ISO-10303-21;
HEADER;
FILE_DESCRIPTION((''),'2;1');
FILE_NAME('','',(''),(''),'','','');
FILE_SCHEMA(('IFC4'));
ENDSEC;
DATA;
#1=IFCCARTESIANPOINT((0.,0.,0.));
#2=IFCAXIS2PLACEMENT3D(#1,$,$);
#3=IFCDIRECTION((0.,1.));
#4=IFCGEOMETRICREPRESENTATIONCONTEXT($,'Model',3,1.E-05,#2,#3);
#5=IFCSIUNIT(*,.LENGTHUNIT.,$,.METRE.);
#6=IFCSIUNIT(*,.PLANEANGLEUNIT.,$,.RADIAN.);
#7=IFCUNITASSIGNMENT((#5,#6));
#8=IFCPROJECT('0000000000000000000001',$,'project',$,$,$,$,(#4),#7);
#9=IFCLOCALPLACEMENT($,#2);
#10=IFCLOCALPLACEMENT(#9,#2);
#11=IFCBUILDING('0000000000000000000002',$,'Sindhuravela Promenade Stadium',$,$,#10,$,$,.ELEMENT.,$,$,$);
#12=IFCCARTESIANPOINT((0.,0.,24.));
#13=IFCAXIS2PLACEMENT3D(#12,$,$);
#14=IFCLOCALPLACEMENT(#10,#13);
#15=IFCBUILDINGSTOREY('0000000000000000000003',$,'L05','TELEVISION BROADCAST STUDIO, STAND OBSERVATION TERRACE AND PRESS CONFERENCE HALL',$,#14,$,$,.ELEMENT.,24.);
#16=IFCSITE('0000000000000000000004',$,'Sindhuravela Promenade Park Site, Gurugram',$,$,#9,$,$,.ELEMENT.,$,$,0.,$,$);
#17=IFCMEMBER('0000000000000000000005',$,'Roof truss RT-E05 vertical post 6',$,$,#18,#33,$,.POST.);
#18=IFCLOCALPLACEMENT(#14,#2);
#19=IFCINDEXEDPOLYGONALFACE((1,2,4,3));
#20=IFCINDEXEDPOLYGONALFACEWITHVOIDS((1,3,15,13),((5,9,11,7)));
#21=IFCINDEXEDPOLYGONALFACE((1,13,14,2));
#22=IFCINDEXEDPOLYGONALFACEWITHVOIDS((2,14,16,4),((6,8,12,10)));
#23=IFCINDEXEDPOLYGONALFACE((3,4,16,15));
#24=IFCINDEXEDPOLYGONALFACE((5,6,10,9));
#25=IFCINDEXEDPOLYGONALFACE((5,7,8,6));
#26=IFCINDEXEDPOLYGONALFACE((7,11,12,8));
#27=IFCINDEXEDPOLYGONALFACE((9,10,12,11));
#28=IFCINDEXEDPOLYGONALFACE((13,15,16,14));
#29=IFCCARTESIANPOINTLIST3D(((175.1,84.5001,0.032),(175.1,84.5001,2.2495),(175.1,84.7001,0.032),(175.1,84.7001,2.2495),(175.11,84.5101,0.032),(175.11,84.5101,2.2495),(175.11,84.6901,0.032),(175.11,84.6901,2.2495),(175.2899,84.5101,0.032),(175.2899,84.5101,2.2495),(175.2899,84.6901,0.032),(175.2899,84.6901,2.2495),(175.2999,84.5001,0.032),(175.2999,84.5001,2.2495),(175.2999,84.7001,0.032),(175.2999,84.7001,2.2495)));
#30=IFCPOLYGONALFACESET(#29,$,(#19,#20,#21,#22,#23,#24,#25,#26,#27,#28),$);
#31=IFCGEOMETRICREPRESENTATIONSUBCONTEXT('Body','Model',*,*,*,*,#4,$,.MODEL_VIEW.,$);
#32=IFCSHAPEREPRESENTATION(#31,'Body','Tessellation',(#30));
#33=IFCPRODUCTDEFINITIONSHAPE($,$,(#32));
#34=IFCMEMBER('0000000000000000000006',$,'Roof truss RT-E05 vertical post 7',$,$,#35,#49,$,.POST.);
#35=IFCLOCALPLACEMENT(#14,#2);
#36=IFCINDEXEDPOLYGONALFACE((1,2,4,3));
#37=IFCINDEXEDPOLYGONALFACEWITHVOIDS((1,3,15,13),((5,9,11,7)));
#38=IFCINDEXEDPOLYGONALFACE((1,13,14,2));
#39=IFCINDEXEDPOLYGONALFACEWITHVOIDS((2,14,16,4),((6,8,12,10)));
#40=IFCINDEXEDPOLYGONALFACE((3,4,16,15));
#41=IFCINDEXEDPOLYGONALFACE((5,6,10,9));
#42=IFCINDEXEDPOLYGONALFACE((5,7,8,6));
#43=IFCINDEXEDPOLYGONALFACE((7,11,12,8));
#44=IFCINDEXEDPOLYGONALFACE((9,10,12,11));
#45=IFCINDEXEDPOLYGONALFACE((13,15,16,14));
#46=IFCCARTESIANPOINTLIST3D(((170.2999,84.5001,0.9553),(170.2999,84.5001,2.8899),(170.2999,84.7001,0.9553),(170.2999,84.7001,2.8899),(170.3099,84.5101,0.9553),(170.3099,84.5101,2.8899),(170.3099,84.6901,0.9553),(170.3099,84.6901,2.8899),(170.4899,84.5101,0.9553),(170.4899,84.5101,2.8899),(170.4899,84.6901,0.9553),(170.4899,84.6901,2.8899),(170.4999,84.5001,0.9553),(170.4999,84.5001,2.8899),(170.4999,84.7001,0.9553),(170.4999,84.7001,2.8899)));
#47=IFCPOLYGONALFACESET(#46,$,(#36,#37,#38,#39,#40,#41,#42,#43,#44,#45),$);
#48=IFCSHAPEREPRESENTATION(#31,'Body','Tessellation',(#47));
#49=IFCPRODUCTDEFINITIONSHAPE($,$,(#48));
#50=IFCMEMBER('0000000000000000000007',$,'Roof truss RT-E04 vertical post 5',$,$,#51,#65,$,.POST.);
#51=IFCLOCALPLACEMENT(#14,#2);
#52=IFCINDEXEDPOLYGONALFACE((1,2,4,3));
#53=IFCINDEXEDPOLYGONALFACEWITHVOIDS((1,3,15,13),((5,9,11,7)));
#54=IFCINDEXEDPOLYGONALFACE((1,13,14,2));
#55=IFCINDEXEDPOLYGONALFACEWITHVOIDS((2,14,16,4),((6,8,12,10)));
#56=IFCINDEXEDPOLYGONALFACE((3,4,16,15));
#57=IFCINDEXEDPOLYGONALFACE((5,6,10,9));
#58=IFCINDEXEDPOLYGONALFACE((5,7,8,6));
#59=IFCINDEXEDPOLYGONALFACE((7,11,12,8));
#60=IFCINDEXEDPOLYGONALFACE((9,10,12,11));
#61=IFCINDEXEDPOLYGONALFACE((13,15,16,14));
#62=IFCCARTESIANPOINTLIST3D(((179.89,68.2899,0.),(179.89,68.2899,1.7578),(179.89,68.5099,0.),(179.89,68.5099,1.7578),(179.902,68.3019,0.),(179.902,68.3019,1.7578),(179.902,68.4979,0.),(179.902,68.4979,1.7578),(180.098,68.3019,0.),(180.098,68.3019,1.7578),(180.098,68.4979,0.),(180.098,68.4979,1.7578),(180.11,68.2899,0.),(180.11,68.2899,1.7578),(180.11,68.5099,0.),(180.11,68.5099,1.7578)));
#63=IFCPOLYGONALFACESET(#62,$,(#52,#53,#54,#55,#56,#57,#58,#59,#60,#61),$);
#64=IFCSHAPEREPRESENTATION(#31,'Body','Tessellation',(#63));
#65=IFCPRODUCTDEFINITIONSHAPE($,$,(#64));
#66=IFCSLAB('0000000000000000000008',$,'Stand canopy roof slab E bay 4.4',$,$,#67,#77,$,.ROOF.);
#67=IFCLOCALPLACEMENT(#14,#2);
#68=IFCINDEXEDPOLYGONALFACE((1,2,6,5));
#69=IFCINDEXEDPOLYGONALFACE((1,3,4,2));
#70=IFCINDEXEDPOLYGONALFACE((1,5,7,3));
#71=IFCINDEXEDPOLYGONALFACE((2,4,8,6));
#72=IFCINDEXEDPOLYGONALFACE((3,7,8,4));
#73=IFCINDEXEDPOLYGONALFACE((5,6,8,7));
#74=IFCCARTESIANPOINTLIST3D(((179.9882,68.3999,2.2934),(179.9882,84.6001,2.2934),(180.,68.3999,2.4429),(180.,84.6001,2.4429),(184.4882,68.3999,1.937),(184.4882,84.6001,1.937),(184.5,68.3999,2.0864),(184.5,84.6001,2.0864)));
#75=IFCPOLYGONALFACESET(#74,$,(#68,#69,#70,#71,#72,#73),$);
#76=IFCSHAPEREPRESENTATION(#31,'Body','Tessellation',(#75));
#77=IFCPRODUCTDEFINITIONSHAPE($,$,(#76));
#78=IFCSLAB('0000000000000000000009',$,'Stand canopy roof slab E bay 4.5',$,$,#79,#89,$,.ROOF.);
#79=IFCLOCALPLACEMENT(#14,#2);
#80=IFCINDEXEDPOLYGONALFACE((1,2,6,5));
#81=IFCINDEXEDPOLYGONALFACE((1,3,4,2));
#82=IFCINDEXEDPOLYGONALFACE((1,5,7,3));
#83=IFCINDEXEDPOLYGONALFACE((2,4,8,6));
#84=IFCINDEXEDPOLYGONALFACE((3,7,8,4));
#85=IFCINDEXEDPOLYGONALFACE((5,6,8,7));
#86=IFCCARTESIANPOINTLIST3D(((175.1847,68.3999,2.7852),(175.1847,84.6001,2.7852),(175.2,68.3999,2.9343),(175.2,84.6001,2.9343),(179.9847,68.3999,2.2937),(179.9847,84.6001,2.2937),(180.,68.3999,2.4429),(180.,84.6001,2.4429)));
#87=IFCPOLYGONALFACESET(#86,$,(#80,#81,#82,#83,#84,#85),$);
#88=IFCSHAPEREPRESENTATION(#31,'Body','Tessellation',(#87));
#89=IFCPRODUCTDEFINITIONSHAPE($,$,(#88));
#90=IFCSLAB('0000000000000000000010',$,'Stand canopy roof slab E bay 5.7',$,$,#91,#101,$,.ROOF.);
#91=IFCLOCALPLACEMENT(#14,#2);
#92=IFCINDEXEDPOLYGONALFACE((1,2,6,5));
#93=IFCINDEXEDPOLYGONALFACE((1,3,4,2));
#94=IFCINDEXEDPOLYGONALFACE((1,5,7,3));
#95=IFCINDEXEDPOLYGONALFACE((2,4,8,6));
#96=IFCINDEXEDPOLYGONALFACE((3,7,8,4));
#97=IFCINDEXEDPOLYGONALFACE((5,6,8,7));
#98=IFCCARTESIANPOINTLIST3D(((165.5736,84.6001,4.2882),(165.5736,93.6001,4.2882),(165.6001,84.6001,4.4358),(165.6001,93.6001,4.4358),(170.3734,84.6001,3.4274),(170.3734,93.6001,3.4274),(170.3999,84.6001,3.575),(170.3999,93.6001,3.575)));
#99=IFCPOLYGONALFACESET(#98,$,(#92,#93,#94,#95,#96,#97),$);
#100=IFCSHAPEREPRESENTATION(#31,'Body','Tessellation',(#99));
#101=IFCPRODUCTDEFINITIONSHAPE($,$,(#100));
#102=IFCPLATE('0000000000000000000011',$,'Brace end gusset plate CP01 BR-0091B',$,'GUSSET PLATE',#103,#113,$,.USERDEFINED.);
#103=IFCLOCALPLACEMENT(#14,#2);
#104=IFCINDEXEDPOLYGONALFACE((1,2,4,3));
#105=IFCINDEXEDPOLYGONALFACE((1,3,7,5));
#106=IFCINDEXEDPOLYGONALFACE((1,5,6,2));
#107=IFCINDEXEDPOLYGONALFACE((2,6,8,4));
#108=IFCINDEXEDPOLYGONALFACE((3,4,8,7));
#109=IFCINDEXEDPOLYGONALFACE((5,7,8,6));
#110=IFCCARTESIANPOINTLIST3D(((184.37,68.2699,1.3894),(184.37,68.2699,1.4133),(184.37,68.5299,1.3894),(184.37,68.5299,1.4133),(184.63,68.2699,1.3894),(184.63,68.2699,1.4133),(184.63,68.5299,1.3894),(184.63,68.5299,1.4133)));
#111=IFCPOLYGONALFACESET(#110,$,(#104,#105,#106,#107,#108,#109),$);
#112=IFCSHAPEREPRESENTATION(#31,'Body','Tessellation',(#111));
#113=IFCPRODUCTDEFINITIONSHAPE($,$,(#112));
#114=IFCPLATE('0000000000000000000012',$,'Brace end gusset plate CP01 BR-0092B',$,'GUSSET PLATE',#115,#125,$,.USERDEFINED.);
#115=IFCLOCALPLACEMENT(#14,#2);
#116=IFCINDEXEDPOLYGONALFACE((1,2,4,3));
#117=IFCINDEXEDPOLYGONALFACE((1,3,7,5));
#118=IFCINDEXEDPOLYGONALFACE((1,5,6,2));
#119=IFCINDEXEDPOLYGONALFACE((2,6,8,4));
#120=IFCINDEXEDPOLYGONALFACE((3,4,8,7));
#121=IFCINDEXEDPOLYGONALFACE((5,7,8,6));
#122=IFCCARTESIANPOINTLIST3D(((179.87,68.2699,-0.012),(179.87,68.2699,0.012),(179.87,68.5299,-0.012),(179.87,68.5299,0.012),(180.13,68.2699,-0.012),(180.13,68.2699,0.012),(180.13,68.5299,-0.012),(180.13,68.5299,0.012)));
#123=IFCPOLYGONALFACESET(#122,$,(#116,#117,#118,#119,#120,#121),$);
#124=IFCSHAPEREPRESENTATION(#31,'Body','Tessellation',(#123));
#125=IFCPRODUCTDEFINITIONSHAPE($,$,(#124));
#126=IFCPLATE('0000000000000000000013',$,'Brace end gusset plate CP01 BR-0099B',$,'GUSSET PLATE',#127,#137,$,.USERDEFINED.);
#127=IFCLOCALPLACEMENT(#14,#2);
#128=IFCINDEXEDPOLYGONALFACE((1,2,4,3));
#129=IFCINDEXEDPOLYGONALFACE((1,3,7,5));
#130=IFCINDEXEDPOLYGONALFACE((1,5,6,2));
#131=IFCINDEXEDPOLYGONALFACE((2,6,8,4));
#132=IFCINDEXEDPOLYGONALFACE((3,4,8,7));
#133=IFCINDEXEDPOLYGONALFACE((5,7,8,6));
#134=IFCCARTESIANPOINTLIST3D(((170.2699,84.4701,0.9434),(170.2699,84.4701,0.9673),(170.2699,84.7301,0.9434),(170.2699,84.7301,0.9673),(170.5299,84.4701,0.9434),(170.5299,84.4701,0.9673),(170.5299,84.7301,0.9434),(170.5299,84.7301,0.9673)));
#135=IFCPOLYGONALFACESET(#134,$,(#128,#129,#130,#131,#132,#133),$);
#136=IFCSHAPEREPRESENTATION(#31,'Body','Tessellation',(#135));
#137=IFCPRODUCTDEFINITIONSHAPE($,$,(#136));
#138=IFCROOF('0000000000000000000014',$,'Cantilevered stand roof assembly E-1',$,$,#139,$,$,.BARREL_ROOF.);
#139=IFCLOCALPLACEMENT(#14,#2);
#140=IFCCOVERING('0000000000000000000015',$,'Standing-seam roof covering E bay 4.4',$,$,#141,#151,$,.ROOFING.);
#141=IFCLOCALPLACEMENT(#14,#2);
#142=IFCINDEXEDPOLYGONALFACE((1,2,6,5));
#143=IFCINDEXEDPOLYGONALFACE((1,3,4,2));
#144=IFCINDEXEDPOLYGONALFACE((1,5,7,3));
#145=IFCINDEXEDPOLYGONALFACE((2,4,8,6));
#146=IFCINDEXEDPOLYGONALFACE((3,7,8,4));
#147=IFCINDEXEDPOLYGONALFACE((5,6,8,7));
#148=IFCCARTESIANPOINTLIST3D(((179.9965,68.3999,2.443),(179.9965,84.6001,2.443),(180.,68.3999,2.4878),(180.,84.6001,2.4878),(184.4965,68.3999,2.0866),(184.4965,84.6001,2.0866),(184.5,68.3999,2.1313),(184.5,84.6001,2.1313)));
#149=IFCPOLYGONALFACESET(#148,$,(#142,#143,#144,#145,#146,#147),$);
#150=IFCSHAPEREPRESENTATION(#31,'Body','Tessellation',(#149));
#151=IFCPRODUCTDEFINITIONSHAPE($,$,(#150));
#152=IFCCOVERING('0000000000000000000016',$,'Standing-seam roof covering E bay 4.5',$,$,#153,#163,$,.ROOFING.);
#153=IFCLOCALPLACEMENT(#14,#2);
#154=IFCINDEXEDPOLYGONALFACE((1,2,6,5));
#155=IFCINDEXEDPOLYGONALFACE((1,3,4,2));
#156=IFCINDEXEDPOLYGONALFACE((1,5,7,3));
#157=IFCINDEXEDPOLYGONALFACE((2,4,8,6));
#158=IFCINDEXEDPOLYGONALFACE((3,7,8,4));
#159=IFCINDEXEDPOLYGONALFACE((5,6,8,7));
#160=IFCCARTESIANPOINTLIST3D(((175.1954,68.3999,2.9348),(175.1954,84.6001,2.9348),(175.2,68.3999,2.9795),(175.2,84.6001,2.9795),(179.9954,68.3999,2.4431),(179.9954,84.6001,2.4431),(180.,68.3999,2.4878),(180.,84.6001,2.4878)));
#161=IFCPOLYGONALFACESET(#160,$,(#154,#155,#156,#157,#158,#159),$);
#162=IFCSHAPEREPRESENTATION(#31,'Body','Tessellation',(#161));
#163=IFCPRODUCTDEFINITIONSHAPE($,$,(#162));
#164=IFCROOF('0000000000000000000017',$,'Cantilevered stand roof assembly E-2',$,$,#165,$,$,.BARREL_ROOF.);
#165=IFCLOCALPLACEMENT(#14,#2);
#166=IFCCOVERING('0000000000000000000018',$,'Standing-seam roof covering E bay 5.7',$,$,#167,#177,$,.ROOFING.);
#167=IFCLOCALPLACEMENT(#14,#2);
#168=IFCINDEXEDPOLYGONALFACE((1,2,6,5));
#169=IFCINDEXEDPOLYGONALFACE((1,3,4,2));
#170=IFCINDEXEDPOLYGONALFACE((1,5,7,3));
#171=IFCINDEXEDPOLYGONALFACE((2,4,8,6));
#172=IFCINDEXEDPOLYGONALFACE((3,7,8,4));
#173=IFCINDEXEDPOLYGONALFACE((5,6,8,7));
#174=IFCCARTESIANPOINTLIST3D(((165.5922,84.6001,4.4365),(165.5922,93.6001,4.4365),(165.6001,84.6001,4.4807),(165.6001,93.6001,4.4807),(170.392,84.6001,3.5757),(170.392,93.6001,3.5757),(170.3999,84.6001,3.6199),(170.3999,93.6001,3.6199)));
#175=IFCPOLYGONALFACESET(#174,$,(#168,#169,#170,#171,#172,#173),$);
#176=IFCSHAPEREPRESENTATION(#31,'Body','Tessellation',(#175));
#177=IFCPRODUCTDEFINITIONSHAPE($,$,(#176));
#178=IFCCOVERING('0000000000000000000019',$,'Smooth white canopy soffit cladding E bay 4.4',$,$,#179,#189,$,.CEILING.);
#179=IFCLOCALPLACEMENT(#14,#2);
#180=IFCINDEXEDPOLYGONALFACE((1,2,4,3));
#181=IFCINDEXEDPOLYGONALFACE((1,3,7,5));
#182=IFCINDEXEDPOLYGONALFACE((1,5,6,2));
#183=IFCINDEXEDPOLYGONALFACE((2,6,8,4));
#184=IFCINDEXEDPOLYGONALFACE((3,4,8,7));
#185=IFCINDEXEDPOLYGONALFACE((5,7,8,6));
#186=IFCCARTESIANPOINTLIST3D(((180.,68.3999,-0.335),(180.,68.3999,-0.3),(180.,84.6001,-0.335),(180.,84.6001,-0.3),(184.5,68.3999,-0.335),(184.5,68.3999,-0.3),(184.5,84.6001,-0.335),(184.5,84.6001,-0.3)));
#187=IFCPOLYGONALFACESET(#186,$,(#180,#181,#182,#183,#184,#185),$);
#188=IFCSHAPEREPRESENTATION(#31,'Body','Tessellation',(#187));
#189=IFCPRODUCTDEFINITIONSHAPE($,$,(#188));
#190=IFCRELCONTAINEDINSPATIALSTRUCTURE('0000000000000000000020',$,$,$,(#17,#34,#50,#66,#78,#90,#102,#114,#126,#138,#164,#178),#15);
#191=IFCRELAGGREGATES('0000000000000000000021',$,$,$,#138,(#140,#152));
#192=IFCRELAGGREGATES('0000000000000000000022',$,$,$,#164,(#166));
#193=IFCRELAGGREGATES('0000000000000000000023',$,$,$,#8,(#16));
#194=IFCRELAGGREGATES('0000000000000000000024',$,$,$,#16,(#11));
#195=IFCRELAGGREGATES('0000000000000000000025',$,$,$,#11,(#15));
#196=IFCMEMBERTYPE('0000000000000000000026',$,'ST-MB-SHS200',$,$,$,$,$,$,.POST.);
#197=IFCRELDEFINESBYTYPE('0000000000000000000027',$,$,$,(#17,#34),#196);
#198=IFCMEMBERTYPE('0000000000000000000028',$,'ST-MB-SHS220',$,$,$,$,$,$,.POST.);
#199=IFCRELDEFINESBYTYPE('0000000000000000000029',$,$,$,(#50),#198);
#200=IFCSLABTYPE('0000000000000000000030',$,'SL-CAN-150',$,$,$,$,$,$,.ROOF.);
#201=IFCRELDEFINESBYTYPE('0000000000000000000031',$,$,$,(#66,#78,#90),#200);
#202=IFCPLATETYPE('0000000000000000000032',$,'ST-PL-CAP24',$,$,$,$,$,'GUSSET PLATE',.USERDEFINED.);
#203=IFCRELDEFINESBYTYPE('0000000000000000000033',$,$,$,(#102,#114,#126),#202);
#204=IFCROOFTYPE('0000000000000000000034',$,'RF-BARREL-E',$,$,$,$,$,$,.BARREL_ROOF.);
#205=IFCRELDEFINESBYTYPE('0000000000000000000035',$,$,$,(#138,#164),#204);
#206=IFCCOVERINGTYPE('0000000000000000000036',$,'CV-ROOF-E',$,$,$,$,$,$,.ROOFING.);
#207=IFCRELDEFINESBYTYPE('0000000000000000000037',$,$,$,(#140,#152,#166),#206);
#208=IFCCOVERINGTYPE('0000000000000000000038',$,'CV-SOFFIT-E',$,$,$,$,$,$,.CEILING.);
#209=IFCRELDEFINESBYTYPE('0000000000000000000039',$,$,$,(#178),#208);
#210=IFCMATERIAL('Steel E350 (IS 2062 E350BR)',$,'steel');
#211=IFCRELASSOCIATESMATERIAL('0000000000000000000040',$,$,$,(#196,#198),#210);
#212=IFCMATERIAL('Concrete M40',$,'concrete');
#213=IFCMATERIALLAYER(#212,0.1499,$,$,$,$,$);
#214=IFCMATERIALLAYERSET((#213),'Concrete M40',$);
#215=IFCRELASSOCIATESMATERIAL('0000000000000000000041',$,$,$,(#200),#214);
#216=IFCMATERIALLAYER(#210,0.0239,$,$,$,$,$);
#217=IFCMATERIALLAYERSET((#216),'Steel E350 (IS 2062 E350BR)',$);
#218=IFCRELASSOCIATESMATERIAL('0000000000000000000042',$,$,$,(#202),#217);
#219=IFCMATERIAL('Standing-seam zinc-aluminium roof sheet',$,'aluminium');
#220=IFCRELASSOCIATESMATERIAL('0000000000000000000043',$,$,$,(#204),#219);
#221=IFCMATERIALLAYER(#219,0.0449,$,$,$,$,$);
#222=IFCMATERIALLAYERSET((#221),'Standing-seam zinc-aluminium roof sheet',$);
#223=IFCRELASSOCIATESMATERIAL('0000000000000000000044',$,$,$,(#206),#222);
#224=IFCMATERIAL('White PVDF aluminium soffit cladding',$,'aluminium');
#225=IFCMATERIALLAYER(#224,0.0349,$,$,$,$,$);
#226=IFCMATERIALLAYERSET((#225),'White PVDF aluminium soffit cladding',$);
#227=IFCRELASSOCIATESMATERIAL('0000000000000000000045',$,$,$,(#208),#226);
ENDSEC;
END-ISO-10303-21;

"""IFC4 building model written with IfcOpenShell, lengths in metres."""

from ifc_helpers import new_model, si_unit, direction, frame, origin, origin_2d, place, context, subcontext, project, spatial, polyline, rectangle, hollow_rectangle, outline, extrude, material, layer, layer_set, material_profile, profile_set, type_object, element, aggregate, save


model = new_model("IFC4")

# Units and contexts
model_context = context("Model", 3, precision=1e-05, world=origin(), true_north=direction((0.0, 1.0)))
body_context = subcontext(model_context, "Body", "Model", "MODEL_VIEW")
ifc_project = project(units=[si_unit("LENGTHUNIT", "METRE"), si_unit("PLANEANGLEUNIT", "RADIAN")], contexts=[model_context])

# Site, building, storey
site_placement = place(None, origin())
site = spatial("IfcSite", under=ifc_project, at=site_placement, Name="Sindhuravela Promenade Park Site, Gurugram", CompositionType="ELEMENT", RefElevation=0.0)
building_placement = place(site_placement, origin())
building = spatial("IfcBuilding", under=site, at=building_placement, Name="Sindhuravela Promenade Stadium", CompositionType="ELEMENT")
storey_placement = place(building_placement, frame((0.0, 0.0, 24.0)))
storey = spatial("IfcBuildingStorey", under=building, at=storey_placement, Name="L05", Description="TELEVISION BROADCAST STUDIO, STAND OBSERVATION TERRACE AND PRESS CONFERENCE HALL", CompositionType="ELEMENT", Elevation=24.0)

# Shared definitions
ifc_material_1 = material(Name="Concrete M40", Category="concrete")
ifc_material_2 = material(Name="Steel E350 (IS 2062 E350BR)", Category="steel")

# Members
ifc_material_profile_1 = material_profile(ifc_material_2, hollow_rectangle(XDim=0.2, YDim=0.2, WallThickness=0.01, at=origin_2d()), Name="SHS 200x200x10")
ifc_profile_set_1 = profile_set([ifc_material_profile_1], Name="Steel E350 (IS 2062 E350BR)")
member_type_1 = type_object("IfcMemberType", Name="ST-MB-SHS200", PredefinedType="POST", material=ifc_profile_set_1)
member_1_placement = place(storey_placement, frame((175.2, 84.6001, 0.032), z_axis=(0.0, 0.0, 1.0), x_axis=(1.0, 0.0, 0.0)))
element("IfcMember", 1, at=member_1_placement, inside=storey, type_object=member_type_1, Name="Roof truss RT-E05 vertical post 6", PredefinedType="POST", context=body_context, shape_type="SweptSolid", body=[
    extrude(hollow_rectangle(XDim=0.2, YDim=0.2, WallThickness=0.01, at=origin_2d()), origin(), (0.0, 0.0, 1.0), 2.2175),
])
member_2_placement = place(storey_placement, frame((170.3999, 84.6001, 0.9553), z_axis=(0.0, 0.0, 1.0), x_axis=(1.0, 0.0, 0.0)))
element("IfcMember", 2, at=member_2_placement, inside=storey, type_object=member_type_1, Name="Roof truss RT-E05 vertical post 7", PredefinedType="POST", context=body_context, shape_type="SweptSolid", body=[
    extrude(hollow_rectangle(XDim=0.2, YDim=0.2, WallThickness=0.01, at=origin_2d()), origin(), (0.0, 0.0, 1.0), 1.9346),
])
ifc_material_profile_2 = material_profile(ifc_material_2, hollow_rectangle(XDim=0.22, YDim=0.22, WallThickness=0.012, at=origin_2d()), Name="SHS 220x220x12")
ifc_profile_set_2 = profile_set([ifc_material_profile_2], Name="Steel E350 (IS 2062 E350BR)")
member_type_2 = type_object("IfcMemberType", Name="ST-MB-SHS220", PredefinedType="POST", material=ifc_profile_set_2)
member_3_placement = place(storey_placement, frame((180.0, 68.3999, 0.0), z_axis=(0.0, 0.0, 1.0), x_axis=(1.0, 0.0, 0.0)))
element("IfcMember", 3, at=member_3_placement, inside=storey, type_object=member_type_2, Name="Roof truss RT-E04 vertical post 5", PredefinedType="POST", context=body_context, shape_type="SweptSolid", body=[
    extrude(hollow_rectangle(XDim=0.22, YDim=0.22, WallThickness=0.012, at=origin_2d()), origin(), (0.0, 0.0, 1.0), 1.7578),
])

# Slabs
ifc_layer_1 = layer(ifc_material_1, 0.1499)
ifc_layer_set_1 = layer_set([ifc_layer_1], Name="Concrete M40")
slab_type = type_object("IfcSlabType", Name="SL-CAN-150", PredefinedType="ROOF", material=ifc_layer_set_1)
slab_1_placement = place(storey_placement, frame((184.5, 68.3999, 2.0864), z_axis=(0.078963, 0.0, 0.996878), x_axis=(0.0, 1.0, 0.0)))
element("IfcSlab", 4, at=slab_1_placement, inside=storey, type_object=slab_type, Name="Stand canopy roof slab E bay 4.4", PredefinedType="ROOF", context=body_context, shape_type="SweptSolid", body=[
    extrude(outline(polyline([(0.0, 0.0), (16.2002, 0.0), (16.2002, 4.5141), (0.0, 4.5141), (0.0, 0.0)])), origin(), (0.0, 0.0, -1.0), 0.1499),
])
slab_2_placement = place(storey_placement, frame((180.0, 68.3999, 2.4429), z_axis=(0.101853, 0.0, 0.994799), x_axis=(0.0, 1.0, 0.0)))
element("IfcSlab", 5, at=slab_2_placement, inside=storey, type_object=slab_type, Name="Stand canopy roof slab E bay 4.5", PredefinedType="ROOF", context=body_context, shape_type="SweptSolid", body=[
    extrude(outline(polyline([(0.0, 0.0), (16.2002, 0.0), (16.2002, 4.8251), (0.0, 4.8251), (0.0, 0.0)])), origin(), (0.0, 0.0, -1.0), 0.1499),
])
slab_3_placement = place(storey_placement, frame((170.3999, 84.6001, 3.575), z_axis=(0.176532, 0.0, 0.984295), x_axis=(0.0, 1.0, 0.0)))
element("IfcSlab", 6, at=slab_3_placement, inside=storey, type_object=slab_type, Name="Stand canopy roof slab E bay 5.7", PredefinedType="ROOF", context=body_context, shape_type="SweptSolid", body=[
    extrude(outline(polyline([(0.0, 0.0), (9.0, 0.0), (9.0, 4.8764), (0.0, 4.8764), (0.0, 0.0)])), origin(), (0.0, 0.0, -1.0), 0.1499),
])

# Plates
ifc_layer_2 = layer(ifc_material_2, 0.0239)
ifc_layer_set_2 = layer_set([ifc_layer_2], Name="Steel E350 (IS 2062 E350BR)")
plate_type = type_object("IfcPlateType", Name="ST-PL-CAP24", ElementType="GUSSET PLATE", PredefinedType="USERDEFINED", material=ifc_layer_set_2)
for number, where, z_axis, x_axis, name in (
    (7, (184.5, 68.3999, 1.3894), (0.0, 0.0, 1.0), (1.0, 0.0, 0.0), "Brace end gusset plate CP01 BR-0091B"),
    (8, (180.0, 68.3999, -0.012), (0.0, 0.0, 1.0), (1.0, 0.0, 0.0), "Brace end gusset plate CP01 BR-0092B"),
    (9, (170.3999, 84.6001, 0.9434), (0.0, 0.0, 1.0), (1.0, 0.0, 0.0), "Brace end gusset plate CP01 BR-0099B"),
):
    element("IfcPlate", number, at=place(storey_placement, frame(where, z_axis=z_axis, x_axis=x_axis)), inside=storey, type_object=plate_type, Name=name, ObjectType="GUSSET PLATE", PredefinedType="USERDEFINED", context=body_context, shape_type="SweptSolid", body=[
        extrude(rectangle(XDim=0.26, YDim=0.26, at=origin_2d()), origin(), (0.0, 0.0, 1.0), 0.0239),
    ])

# Roof, coverings
ifc_material_3 = material(Name="Standing-seam zinc-aluminium roof sheet", Category="aluminium")
roof_type = type_object("IfcRoofType", Name="RF-BARREL-E", PredefinedType="BARREL_ROOF", material=ifc_material_3)
roof_1_placement = place(storey_placement, origin())
roof_1 = element("IfcRoof", 10, at=roof_1_placement, inside=storey, type_object=roof_type, Name="Cantilevered stand roof assembly E-1", PredefinedType="BARREL_ROOF")
ifc_layer_3 = layer(ifc_material_3, 0.0449)
ifc_layer_set_3 = layer_set([ifc_layer_3], Name="Standing-seam zinc-aluminium roof sheet")
covering_type_1 = type_object("IfcCoveringType", Name="CV-ROOF-E", PredefinedType="ROOFING", material=ifc_layer_set_3)
covering_1_placement = place(storey_placement, frame((184.5, 68.3999, 2.1313), z_axis=(0.078963, 0.0, 0.996878), x_axis=(0.0, 1.0, 0.0)))
covering_1 = element("IfcCovering", 11, at=covering_1_placement, type_object=covering_type_1, Name="Standing-seam roof covering E bay 4.4", PredefinedType="ROOFING", context=body_context, shape_type="SweptSolid", body=[
    extrude(outline(polyline([(0.0, 0.0), (16.2002, 0.0), (16.2002, 4.5141), (0.0, 4.5141), (0.0, 0.0)])), origin(), (0.0, 0.0, -1.0), 0.0449),
])
covering_2_placement = place(storey_placement, frame((180.0, 68.3999, 2.4878), z_axis=(0.101903, 0.0, 0.994794), x_axis=(0.0, 1.0, 0.0)))
covering_2 = element("IfcCovering", 12, at=covering_2_placement, type_object=covering_type_1, Name="Standing-seam roof covering E bay 4.5", PredefinedType="ROOFING", context=body_context, shape_type="SweptSolid", body=[
    extrude(outline(polyline([(0.0, 0.0), (16.2002, 0.0), (16.2002, 4.8252), (0.0, 4.8252), (0.0, 0.0)])), origin(), (0.0, 0.0, -1.0), 0.0449),
])
aggregate(roof_1, [covering_1, covering_2])

# Roof, covering
roof_2_placement = place(storey_placement, origin())
roof_2 = element("IfcRoof", 13, at=roof_2_placement, inside=storey, type_object=roof_type, Name="Cantilevered stand roof assembly E-2", PredefinedType="BARREL_ROOF")
covering_3_placement = place(storey_placement, frame((170.3999, 84.6001, 3.6199), z_axis=(0.176532, 0.0, 0.984295), x_axis=(0.0, 1.0, 0.0)))
covering_3 = element("IfcCovering", 14, at=covering_3_placement, type_object=covering_type_1, Name="Standing-seam roof covering E bay 5.7", PredefinedType="ROOFING", context=body_context, shape_type="SweptSolid", body=[
    extrude(outline(polyline([(0.0, 0.0), (9.0, 0.0), (9.0, 4.8764), (0.0, 4.8764), (0.0, 0.0)])), origin(), (0.0, 0.0, -1.0), 0.0449),
])
aggregate(roof_2, [covering_3])

# Covering
ifc_material_4 = material(Name="White PVDF aluminium soffit cladding", Category="aluminium")
ifc_layer_4 = layer(ifc_material_4, 0.0349)
ifc_layer_set_4 = layer_set([ifc_layer_4], Name="White PVDF aluminium soffit cladding")
covering_type_2 = type_object("IfcCoveringType", Name="CV-SOFFIT-E", PredefinedType="CEILING", material=ifc_layer_set_4)
covering_4_placement = place(storey_placement, frame((184.5, 68.3999, -0.3), z_axis=(0.0, 0.0, 1.0), x_axis=(0.0, 1.0, 0.0)))
element("IfcCovering", 15, at=covering_4_placement, inside=storey, type_object=covering_type_2, Name="Smooth white canopy soffit cladding E bay 4.4", PredefinedType="CEILING", context=body_context, shape_type="SweptSolid", body=[
    extrude(outline(polyline([(0.0, 0.0), (16.2002, 0.0), (16.2002, 4.5), (0.0, 4.5), (0.0, 0.0)])), origin(), (0.0, 0.0, -1.0), 0.0349),
])

save(model, "model.ifc")
